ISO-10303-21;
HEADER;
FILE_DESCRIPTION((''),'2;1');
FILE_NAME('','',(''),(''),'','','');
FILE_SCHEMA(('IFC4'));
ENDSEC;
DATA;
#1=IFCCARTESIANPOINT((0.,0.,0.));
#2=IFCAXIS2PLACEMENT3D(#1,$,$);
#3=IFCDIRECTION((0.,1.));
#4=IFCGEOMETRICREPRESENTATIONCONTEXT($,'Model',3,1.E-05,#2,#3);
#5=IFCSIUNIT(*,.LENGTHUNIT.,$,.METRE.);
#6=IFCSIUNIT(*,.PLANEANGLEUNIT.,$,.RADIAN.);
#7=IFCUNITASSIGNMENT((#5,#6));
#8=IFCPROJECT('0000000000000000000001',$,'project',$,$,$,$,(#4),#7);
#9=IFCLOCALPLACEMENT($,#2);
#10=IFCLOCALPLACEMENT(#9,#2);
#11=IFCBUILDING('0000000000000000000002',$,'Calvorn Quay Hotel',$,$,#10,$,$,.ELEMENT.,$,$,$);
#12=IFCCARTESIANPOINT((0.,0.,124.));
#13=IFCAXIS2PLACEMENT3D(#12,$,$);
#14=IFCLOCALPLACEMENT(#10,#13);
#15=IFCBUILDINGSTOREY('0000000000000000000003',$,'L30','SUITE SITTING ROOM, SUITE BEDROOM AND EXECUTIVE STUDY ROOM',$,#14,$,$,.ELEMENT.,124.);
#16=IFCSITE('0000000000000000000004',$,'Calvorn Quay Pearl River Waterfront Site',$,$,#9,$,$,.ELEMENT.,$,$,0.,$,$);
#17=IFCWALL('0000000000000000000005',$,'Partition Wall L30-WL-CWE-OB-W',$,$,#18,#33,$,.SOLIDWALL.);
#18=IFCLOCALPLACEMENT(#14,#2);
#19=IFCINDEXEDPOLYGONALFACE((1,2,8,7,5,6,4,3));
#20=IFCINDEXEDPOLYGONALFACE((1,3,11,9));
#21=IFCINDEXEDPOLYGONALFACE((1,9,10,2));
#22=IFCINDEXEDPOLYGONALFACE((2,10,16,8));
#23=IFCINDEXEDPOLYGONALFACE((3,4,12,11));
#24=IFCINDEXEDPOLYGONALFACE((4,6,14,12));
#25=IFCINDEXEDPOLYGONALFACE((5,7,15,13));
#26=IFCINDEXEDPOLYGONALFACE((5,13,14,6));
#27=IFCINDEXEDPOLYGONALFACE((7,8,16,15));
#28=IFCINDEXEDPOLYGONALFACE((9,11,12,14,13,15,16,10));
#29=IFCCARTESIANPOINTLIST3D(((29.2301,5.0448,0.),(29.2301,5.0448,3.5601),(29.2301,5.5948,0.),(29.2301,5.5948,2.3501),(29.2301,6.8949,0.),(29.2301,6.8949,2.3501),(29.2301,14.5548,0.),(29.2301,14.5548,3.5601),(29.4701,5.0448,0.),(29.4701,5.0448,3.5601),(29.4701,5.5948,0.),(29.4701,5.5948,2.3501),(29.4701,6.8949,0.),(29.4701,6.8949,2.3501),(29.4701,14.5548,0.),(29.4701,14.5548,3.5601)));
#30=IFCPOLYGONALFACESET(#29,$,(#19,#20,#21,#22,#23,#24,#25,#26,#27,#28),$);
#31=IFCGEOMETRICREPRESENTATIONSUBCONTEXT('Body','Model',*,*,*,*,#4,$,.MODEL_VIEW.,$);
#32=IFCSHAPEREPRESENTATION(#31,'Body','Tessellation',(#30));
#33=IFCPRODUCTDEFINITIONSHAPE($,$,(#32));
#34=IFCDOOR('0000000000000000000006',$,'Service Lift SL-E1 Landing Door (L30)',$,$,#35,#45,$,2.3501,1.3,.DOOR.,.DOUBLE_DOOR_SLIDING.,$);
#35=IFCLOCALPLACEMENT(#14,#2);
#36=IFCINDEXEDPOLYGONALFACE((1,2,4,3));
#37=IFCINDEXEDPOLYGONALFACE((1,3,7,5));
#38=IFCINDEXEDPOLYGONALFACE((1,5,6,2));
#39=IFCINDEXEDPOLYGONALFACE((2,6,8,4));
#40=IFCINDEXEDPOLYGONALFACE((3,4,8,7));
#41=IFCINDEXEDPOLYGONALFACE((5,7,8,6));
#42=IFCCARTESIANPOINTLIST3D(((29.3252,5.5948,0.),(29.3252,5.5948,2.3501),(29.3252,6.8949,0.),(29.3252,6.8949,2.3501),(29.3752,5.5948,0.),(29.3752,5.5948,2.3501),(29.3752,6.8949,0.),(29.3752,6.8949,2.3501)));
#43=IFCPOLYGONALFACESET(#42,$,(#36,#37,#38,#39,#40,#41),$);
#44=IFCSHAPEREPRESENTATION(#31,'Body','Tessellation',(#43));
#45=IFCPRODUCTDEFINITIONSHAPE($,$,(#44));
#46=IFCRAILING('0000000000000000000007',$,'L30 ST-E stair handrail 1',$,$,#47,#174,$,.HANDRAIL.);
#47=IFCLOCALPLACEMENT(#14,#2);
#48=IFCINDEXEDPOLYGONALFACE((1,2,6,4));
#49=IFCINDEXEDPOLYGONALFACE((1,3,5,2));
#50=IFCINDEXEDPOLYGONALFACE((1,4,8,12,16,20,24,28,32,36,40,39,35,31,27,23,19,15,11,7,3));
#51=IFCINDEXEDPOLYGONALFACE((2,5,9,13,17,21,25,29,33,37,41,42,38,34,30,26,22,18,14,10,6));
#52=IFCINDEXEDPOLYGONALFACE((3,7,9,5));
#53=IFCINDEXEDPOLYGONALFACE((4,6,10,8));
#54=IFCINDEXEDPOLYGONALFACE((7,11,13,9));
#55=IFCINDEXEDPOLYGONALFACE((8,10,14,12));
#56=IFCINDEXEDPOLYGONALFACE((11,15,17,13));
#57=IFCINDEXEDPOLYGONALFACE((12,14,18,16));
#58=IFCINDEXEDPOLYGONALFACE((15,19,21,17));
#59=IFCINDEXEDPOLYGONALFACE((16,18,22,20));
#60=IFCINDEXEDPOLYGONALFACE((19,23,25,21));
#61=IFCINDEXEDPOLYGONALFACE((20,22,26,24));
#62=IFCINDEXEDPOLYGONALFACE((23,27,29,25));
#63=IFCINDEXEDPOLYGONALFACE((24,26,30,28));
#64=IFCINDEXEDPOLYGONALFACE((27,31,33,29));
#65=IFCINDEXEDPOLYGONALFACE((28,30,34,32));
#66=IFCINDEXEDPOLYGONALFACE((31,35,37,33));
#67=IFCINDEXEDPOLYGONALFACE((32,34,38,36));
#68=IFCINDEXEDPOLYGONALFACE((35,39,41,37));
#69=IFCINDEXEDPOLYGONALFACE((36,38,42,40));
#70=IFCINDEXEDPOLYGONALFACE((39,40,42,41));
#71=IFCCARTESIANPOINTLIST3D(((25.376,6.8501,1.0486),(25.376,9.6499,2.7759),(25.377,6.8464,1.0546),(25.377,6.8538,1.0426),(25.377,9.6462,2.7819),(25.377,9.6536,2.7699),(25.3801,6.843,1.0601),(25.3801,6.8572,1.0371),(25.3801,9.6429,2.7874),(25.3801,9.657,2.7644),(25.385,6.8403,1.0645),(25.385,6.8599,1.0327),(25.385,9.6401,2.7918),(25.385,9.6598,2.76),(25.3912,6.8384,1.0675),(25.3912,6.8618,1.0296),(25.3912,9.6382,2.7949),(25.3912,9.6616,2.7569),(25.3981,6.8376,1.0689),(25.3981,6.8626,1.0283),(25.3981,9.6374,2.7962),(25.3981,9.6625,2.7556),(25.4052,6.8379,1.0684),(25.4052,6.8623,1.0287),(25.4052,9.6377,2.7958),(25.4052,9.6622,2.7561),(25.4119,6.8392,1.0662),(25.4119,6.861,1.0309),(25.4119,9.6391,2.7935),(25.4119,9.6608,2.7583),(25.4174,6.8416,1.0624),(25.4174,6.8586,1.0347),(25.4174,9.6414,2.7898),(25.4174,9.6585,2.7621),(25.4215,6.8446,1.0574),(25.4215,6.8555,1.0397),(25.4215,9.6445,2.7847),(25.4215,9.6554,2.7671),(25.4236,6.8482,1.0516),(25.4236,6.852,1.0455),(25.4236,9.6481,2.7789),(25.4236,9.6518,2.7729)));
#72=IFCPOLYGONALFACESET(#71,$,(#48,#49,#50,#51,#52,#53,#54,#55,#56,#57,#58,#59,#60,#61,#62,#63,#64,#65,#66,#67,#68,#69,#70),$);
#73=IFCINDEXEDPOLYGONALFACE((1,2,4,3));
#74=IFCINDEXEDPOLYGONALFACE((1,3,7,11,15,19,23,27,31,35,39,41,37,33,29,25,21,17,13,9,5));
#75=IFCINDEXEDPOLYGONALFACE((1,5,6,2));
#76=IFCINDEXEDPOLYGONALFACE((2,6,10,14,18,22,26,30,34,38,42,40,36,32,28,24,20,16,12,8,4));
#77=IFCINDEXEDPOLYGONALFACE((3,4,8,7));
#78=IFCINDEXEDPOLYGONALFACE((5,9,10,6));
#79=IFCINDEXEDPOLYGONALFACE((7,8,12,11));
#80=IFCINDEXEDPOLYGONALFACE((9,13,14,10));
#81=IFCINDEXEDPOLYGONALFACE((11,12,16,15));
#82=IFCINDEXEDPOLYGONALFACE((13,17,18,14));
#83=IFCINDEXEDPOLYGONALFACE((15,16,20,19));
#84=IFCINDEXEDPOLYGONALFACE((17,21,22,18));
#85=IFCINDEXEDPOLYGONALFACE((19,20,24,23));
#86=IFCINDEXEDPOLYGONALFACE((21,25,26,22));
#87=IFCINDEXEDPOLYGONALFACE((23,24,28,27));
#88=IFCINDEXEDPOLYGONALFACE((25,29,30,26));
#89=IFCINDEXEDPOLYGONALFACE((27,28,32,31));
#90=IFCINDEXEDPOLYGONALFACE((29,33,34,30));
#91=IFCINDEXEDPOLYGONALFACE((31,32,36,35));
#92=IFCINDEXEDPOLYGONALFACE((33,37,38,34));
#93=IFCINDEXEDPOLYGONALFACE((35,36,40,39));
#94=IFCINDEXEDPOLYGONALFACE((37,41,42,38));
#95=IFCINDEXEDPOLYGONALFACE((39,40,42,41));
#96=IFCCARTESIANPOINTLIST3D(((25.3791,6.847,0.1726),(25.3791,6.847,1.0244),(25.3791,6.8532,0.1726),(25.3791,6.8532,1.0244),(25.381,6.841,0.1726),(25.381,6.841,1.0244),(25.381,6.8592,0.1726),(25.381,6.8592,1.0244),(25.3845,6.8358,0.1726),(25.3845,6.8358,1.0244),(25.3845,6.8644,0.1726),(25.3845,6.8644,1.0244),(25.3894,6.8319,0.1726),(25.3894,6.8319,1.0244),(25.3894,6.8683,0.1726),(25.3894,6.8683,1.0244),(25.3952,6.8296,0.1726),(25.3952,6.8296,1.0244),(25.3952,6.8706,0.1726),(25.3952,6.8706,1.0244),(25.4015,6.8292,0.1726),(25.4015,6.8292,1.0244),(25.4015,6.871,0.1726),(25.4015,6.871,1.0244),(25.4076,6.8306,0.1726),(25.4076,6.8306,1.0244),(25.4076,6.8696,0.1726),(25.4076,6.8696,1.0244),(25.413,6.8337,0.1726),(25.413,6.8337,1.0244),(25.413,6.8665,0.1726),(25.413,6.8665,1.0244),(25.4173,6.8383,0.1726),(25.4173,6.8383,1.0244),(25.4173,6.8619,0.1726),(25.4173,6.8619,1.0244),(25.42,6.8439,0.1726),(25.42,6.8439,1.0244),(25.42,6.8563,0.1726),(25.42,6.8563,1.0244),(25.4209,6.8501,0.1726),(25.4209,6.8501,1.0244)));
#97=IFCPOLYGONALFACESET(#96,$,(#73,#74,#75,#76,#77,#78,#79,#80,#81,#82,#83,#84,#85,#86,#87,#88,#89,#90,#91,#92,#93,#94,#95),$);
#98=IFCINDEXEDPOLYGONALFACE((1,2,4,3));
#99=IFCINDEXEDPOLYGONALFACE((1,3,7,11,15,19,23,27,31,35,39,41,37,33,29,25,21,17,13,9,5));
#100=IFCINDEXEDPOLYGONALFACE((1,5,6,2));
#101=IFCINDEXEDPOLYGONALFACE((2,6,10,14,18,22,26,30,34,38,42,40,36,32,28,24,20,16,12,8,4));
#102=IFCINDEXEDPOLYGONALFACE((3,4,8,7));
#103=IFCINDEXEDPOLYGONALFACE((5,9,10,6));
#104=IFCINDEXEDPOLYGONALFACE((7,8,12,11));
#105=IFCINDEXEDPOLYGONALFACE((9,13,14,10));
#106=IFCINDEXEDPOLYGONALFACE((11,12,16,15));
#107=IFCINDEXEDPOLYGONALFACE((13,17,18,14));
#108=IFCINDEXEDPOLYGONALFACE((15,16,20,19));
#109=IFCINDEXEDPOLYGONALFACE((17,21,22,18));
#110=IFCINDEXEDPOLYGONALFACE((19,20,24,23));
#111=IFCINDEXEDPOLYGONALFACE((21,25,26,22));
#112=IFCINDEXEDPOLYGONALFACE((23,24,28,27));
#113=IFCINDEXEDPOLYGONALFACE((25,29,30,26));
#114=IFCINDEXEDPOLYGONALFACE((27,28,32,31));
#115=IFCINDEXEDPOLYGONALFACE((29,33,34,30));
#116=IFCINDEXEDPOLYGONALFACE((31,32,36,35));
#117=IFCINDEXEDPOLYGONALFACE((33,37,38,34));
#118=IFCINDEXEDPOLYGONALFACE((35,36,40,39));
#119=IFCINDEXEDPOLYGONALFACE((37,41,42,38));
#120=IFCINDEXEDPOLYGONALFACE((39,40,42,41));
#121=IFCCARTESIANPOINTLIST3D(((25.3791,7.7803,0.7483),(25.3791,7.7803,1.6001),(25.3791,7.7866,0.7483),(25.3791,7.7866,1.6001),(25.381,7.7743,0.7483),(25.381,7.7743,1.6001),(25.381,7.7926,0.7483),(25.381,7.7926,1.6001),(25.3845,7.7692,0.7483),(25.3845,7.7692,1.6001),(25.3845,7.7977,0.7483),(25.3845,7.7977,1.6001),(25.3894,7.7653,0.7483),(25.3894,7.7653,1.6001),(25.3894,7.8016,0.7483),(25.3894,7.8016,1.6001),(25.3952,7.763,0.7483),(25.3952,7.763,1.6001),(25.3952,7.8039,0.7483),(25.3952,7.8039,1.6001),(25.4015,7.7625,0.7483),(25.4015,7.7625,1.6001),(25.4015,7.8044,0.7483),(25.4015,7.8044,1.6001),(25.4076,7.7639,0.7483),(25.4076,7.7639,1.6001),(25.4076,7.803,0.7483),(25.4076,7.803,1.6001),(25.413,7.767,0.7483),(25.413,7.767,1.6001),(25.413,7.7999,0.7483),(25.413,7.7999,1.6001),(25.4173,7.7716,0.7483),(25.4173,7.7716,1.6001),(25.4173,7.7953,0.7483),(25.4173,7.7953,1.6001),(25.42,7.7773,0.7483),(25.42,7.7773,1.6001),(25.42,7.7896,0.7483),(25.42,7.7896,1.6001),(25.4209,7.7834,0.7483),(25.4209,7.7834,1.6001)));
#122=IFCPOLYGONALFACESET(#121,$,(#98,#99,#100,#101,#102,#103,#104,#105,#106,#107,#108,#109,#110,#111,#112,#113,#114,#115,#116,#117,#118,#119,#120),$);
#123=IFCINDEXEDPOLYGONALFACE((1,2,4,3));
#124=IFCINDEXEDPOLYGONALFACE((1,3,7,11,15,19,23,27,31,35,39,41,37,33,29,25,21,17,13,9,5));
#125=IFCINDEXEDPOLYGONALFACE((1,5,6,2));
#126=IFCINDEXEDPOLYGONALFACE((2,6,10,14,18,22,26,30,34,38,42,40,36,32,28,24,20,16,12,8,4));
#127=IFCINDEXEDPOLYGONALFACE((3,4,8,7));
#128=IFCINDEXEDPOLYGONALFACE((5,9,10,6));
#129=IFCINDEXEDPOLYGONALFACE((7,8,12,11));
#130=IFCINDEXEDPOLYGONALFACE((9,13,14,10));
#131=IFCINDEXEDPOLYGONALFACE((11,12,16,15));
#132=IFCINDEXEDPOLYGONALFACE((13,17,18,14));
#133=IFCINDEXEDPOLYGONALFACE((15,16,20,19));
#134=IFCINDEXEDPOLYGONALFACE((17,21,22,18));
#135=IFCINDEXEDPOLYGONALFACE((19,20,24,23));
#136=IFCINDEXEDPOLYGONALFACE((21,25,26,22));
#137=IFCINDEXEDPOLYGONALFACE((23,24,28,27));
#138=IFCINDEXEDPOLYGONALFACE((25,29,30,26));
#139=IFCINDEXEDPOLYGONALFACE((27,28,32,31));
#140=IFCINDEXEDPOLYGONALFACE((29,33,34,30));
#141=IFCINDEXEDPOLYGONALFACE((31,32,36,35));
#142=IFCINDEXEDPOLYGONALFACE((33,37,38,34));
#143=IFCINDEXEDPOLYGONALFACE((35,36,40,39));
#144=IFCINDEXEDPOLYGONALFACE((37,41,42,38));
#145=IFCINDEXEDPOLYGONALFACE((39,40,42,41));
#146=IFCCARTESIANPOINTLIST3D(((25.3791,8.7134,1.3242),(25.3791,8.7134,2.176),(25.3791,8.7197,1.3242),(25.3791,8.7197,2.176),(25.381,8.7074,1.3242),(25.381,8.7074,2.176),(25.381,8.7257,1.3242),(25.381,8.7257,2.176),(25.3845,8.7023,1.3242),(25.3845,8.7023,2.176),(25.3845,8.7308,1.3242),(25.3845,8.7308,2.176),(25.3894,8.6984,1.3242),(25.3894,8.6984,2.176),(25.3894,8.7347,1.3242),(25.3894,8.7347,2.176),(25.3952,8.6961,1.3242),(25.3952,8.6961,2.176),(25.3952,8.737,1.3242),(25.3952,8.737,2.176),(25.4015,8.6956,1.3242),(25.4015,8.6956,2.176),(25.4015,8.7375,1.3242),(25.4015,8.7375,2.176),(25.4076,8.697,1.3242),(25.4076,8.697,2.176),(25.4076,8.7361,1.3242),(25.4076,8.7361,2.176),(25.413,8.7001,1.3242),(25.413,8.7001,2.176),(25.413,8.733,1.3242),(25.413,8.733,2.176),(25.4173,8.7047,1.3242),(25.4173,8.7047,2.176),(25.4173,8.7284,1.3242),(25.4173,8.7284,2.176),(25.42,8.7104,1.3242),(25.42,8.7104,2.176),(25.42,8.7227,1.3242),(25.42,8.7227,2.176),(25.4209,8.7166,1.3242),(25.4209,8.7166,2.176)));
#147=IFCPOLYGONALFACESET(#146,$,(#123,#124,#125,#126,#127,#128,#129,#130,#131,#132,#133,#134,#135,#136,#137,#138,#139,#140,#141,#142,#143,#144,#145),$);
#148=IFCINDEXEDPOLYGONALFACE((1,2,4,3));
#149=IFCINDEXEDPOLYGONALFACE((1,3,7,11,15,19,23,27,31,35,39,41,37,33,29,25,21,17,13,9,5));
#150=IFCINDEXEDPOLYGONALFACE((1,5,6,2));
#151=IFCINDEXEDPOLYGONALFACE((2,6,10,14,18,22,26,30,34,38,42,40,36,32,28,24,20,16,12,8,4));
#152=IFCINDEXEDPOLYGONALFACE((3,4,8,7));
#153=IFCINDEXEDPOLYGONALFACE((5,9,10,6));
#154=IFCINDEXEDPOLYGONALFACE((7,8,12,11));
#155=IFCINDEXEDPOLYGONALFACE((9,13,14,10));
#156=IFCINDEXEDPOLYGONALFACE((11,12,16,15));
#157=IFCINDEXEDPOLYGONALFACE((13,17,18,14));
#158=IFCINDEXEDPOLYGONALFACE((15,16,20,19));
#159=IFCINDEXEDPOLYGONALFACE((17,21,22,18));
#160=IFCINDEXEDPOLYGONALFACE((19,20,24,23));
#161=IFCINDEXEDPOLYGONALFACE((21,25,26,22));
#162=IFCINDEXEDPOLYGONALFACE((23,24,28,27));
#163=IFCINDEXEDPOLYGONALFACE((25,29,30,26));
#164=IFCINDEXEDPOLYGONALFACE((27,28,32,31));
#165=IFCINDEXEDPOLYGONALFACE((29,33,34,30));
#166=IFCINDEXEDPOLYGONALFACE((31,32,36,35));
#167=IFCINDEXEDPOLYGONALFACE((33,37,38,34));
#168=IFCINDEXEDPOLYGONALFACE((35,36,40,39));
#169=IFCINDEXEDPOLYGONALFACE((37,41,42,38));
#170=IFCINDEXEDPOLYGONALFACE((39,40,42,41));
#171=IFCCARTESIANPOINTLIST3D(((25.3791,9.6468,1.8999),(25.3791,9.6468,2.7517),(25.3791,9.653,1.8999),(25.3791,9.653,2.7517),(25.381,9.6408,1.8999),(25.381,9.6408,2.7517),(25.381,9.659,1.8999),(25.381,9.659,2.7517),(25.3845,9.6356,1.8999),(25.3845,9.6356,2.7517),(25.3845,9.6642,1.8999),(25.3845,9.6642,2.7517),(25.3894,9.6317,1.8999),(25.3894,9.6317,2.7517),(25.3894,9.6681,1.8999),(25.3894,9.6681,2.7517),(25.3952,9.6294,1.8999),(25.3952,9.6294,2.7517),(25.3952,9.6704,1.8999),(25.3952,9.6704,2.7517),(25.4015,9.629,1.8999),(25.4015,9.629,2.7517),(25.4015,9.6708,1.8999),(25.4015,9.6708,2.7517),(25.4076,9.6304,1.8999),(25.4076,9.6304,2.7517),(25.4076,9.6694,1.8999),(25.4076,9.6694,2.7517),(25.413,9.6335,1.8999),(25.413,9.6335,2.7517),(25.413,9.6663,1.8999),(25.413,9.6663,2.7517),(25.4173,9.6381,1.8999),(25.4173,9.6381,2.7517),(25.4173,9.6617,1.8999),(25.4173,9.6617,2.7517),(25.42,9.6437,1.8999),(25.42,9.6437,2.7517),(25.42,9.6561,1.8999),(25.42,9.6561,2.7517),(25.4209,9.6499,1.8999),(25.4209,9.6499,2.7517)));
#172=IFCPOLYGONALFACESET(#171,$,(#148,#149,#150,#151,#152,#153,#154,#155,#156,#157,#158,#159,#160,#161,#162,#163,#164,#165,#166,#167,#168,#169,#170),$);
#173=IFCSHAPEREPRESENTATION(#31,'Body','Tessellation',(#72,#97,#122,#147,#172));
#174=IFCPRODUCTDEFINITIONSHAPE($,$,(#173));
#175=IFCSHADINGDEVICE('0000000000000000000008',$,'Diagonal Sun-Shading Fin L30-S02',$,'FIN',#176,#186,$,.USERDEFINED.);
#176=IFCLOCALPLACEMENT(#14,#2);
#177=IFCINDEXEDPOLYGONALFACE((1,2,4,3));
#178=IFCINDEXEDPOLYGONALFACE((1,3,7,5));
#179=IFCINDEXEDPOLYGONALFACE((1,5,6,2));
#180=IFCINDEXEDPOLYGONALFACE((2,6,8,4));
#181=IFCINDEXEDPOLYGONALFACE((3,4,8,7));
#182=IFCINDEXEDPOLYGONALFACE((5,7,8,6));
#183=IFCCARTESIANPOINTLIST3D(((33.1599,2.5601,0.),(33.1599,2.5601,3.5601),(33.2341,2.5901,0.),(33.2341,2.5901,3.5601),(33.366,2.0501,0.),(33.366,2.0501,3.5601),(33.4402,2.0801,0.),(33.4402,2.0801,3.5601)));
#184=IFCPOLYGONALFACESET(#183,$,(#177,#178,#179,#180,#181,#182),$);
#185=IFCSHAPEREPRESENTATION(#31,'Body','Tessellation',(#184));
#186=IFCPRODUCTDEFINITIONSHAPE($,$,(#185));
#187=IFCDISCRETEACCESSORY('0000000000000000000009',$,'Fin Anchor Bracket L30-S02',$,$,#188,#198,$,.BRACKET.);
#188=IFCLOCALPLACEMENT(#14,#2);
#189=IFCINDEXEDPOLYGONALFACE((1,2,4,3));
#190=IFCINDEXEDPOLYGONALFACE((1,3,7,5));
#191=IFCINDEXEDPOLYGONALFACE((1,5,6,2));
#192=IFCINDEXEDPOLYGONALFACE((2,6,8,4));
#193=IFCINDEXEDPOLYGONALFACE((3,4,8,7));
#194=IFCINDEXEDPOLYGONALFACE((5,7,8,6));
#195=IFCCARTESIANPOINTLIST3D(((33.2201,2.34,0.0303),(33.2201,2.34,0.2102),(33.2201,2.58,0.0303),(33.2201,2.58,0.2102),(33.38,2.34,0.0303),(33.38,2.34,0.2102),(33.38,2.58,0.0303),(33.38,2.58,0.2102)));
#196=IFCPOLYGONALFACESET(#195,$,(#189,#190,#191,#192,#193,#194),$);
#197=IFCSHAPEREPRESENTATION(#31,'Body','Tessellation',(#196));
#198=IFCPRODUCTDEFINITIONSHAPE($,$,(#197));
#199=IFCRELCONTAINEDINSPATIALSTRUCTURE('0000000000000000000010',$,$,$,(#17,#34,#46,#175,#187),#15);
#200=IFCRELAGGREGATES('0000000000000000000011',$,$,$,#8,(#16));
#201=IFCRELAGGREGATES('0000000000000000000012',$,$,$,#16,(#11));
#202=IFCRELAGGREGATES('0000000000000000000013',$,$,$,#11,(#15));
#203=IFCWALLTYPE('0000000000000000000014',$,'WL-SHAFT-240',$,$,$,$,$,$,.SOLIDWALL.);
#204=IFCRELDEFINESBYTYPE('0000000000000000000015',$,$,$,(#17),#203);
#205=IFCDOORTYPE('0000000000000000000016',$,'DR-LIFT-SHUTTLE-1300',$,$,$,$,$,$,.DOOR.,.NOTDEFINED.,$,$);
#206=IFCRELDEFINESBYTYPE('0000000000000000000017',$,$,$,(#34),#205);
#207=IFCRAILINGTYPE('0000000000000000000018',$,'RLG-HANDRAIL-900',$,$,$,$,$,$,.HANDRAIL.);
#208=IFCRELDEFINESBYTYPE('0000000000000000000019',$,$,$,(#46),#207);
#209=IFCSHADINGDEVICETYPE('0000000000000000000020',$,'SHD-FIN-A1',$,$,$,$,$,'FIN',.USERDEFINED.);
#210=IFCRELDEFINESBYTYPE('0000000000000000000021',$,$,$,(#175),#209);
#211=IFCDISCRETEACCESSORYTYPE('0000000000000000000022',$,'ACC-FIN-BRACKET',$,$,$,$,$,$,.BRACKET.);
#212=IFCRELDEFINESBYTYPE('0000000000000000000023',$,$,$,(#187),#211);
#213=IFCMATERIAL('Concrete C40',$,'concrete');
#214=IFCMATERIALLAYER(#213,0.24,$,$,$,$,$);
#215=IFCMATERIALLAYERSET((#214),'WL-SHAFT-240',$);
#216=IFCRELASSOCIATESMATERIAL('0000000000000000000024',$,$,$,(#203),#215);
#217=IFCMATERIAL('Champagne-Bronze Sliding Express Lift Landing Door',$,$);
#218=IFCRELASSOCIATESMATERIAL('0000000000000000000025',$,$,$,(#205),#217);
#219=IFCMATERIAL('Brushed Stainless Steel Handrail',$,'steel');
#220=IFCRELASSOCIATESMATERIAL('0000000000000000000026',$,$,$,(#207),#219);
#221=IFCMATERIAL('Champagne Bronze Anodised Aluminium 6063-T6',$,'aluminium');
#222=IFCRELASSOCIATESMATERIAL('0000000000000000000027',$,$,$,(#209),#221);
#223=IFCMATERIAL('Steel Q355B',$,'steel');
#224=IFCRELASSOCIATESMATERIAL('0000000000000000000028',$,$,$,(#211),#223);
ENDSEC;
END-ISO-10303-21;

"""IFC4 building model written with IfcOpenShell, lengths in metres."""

from ifc_helpers import new_model, si_unit, direction, frame, frame_2d, origin, origin_2d, place, context, subcontext, project, spatial, rectangle, circle, extrude, material, layer, layer_set, type_object, element, fill, save


model = new_model("IFC4")

# Units and contexts
model_context = context("Model", 3, precision=1e-05, world=origin(), true_north=direction((0.0, 1.0)))
body_context = subcontext(model_context, "Body", "Model", "MODEL_VIEW")
ifc_project = project(units=[si_unit("LENGTHUNIT", "METRE"), si_unit("PLANEANGLEUNIT", "RADIAN")], contexts=[model_context])

# Site, building, storey
site_placement = place(None, origin())
site = spatial("IfcSite", under=ifc_project, at=site_placement, Name="Calvorn Quay Pearl River Waterfront Site", CompositionType="ELEMENT", RefElevation=0.0)
building_placement = place(site_placement, origin())
building = spatial("IfcBuilding", under=site, at=building_placement, Name="Calvorn Quay Hotel", CompositionType="ELEMENT")
storey_placement = place(building_placement, frame((0.0, 0.0, 124.0)))
storey = spatial("IfcBuildingStorey", under=building, at=storey_placement, Name="L30", Description="SUITE SITTING ROOM, SUITE BEDROOM AND EXECUTIVE STUDY ROOM", CompositionType="ELEMENT", Elevation=124.0)

# Shared definitions
ifc_material_1 = material(Name="Concrete C40", Category="concrete")
ifc_layer_1 = layer(ifc_material_1, 0.24)
ifc_layer_set_1 = layer_set([ifc_layer_1], Name="WL-SHAFT-240")
wall_type_1 = type_object("IfcWallType", Name="WL-SHAFT-240", PredefinedType="SOLIDWALL", material=ifc_layer_set_1)

# Wall, opening, door
wall_1_placement = place(storey_placement, frame((29.3501, 5.0449, 0.0), z_axis=(0.0, 0.0, 1.0), x_axis=(0.0, 1.0, 0.0)))
wall_1 = element("IfcWall", 1, at=wall_1_placement, inside=storey, type_object=wall_type_1, Name="Partition Wall L30-WL-CWE-OB-W", PredefinedType="SOLIDWALL", context=body_context, shape_type="SweptSolid", body=[
    extrude(rectangle(XDim=9.51, YDim=0.24, at=frame_2d((4.7549, 0.0))), origin(), (0.0, 0.0, 1.0), 3.5601),
])
opening_1_placement = place(wall_1_placement, frame((0.55, 0.0, 0.0)))
opening_1 = element("IfcOpeningElement", 2, at=opening_1_placement, cuts=wall_1, PredefinedType="OPENING", context=body_context, shape_type="SweptSolid", body=[
    extrude(rectangle(XDim=1.3, YDim=2.3501, at=frame_2d((0.6499, 1.175))), frame((0.0, 0.1299, 0.0), z_axis=(0.0, -1.0, 0.0), x_axis=(1.0, 0.0, 0.0)), (0.0, 0.0, 1.0), 0.26),
])
ifc_material_2 = material(Name="Champagne-Bronze Sliding Express Lift Landing Door")
door_type_1 = type_object("IfcDoorType", Name="DR-LIFT-SHUTTLE-1300", OperationType="NOTDEFINED", PredefinedType="DOOR", material=ifc_material_2)
door_1_placement = place(opening_1_placement, origin())
door_1 = element("IfcDoor", 3, at=door_1_placement, inside=storey, type_object=door_type_1, Name="Service Lift SL-E1 Landing Door (L30)", OperationType="DOUBLE_DOOR_SLIDING", OverallHeight=2.3501, OverallWidth=1.3, PredefinedType="DOOR", context=body_context, shape_type="SweptSolid", body=[
    extrude(rectangle(XDim=1.3, YDim=2.3501, at=frame_2d((0.6499, 1.175))), frame((0.0, 0.0249, 0.0), z_axis=(0.0, -1.0, 0.0), x_axis=(1.0, 0.0, 0.0)), (0.0, 0.0, 1.0), 0.05),
])
fill(opening_1, door_1)

# Railing
ifc_material_3 = material(Name="Brushed Stainless Steel Handrail", Category="steel")
railing_type = type_object("IfcRailingType", Name="RLG-HANDRAIL-900", PredefinedType="HANDRAIL", material=ifc_material_3)
railing_placement = place(storey_placement, frame((25.3999, 6.8501, 0.1726)))
element("IfcRailing", 4, at=railing_placement, inside=storey, type_object=railing_type, Name="L30 ST-E stair handrail 1", PredefinedType="HANDRAIL", context=body_context, shape_type="SweptSolid", body=[
    extrude(circle(Radius=0.0239, at=origin_2d()), frame((0.0, 0.0, 0.876), z_axis=(0.0, 0.851069, 0.525054), x_axis=(-1.0, 0.0, 0.0)), (0.0, 0.0, 1.0), 3.2898),
    extrude(circle(Radius=0.021, at=origin_2d()), origin(), (0.0, 0.0, 1.0), 0.8518),
    extrude(circle(Radius=0.021, at=origin_2d()), frame((0.0, 0.9333, 0.5757)), (0.0, 0.0, 1.0), 0.8518),
    extrude(circle(Radius=0.021, at=origin_2d()), frame((0.0, 1.8665, 1.1516)), (0.0, 0.0, 1.0), 0.8518),
    extrude(circle(Radius=0.021, at=origin_2d()), frame((0.0, 2.7998, 1.7273)), (0.0, 0.0, 1.0), 0.8518),
])

# Shading device
ifc_material_4 = material(Name="Champagne Bronze Anodised Aluminium 6063-T6", Category="aluminium")
shading_device_type = type_object("IfcShadingDeviceType", Name="SHD-FIN-A1", ElementType="FIN", PredefinedType="USERDEFINED", material=ifc_material_4)
shading_device_placement = place(storey_placement, frame((33.3, 2.3201, 0.0), z_axis=(0.0, 0.0, 1.0), x_axis=(-0.374607, 0.927184, 0.0)))
element("IfcShadingDevice", 5, at=shading_device_placement, inside=storey, type_object=shading_device_type, Name="Diagonal Sun-Shading Fin L30-S02", ObjectType="FIN", PredefinedType="USERDEFINED", context=body_context, shape_type="SweptSolid", body=[
    extrude(rectangle(XDim=0.55, YDim=0.0801, at=origin_2d()), origin(), (0.0, 0.0, 1.0), 3.5601),
])

# Discrete accessory
ifc_material_5 = material(Name="Steel Q355B", Category="steel")
discrete_accessory_type = type_object("IfcDiscreteAccessoryType", Name="ACC-FIN-BRACKET", PredefinedType="BRACKET", material=ifc_material_5)
discrete_accessory_placement = place(storey_placement, frame((33.3, 2.46, 0.0303), z_axis=(0.0, 0.0, 1.0), x_axis=(0.0, 1.0, 0.0)))
element("IfcDiscreteAccessory", 6, at=discrete_accessory_placement, inside=storey, type_object=discrete_accessory_type, Name="Fin Anchor Bracket L30-S02", PredefinedType="BRACKET", context=body_context, shape_type="SweptSolid", body=[
    extrude(rectangle(XDim=0.24, YDim=0.1599, at=origin_2d()), origin(), (0.0, 0.0, 1.0), 0.1799),
])

save(model, "model.ifc")
